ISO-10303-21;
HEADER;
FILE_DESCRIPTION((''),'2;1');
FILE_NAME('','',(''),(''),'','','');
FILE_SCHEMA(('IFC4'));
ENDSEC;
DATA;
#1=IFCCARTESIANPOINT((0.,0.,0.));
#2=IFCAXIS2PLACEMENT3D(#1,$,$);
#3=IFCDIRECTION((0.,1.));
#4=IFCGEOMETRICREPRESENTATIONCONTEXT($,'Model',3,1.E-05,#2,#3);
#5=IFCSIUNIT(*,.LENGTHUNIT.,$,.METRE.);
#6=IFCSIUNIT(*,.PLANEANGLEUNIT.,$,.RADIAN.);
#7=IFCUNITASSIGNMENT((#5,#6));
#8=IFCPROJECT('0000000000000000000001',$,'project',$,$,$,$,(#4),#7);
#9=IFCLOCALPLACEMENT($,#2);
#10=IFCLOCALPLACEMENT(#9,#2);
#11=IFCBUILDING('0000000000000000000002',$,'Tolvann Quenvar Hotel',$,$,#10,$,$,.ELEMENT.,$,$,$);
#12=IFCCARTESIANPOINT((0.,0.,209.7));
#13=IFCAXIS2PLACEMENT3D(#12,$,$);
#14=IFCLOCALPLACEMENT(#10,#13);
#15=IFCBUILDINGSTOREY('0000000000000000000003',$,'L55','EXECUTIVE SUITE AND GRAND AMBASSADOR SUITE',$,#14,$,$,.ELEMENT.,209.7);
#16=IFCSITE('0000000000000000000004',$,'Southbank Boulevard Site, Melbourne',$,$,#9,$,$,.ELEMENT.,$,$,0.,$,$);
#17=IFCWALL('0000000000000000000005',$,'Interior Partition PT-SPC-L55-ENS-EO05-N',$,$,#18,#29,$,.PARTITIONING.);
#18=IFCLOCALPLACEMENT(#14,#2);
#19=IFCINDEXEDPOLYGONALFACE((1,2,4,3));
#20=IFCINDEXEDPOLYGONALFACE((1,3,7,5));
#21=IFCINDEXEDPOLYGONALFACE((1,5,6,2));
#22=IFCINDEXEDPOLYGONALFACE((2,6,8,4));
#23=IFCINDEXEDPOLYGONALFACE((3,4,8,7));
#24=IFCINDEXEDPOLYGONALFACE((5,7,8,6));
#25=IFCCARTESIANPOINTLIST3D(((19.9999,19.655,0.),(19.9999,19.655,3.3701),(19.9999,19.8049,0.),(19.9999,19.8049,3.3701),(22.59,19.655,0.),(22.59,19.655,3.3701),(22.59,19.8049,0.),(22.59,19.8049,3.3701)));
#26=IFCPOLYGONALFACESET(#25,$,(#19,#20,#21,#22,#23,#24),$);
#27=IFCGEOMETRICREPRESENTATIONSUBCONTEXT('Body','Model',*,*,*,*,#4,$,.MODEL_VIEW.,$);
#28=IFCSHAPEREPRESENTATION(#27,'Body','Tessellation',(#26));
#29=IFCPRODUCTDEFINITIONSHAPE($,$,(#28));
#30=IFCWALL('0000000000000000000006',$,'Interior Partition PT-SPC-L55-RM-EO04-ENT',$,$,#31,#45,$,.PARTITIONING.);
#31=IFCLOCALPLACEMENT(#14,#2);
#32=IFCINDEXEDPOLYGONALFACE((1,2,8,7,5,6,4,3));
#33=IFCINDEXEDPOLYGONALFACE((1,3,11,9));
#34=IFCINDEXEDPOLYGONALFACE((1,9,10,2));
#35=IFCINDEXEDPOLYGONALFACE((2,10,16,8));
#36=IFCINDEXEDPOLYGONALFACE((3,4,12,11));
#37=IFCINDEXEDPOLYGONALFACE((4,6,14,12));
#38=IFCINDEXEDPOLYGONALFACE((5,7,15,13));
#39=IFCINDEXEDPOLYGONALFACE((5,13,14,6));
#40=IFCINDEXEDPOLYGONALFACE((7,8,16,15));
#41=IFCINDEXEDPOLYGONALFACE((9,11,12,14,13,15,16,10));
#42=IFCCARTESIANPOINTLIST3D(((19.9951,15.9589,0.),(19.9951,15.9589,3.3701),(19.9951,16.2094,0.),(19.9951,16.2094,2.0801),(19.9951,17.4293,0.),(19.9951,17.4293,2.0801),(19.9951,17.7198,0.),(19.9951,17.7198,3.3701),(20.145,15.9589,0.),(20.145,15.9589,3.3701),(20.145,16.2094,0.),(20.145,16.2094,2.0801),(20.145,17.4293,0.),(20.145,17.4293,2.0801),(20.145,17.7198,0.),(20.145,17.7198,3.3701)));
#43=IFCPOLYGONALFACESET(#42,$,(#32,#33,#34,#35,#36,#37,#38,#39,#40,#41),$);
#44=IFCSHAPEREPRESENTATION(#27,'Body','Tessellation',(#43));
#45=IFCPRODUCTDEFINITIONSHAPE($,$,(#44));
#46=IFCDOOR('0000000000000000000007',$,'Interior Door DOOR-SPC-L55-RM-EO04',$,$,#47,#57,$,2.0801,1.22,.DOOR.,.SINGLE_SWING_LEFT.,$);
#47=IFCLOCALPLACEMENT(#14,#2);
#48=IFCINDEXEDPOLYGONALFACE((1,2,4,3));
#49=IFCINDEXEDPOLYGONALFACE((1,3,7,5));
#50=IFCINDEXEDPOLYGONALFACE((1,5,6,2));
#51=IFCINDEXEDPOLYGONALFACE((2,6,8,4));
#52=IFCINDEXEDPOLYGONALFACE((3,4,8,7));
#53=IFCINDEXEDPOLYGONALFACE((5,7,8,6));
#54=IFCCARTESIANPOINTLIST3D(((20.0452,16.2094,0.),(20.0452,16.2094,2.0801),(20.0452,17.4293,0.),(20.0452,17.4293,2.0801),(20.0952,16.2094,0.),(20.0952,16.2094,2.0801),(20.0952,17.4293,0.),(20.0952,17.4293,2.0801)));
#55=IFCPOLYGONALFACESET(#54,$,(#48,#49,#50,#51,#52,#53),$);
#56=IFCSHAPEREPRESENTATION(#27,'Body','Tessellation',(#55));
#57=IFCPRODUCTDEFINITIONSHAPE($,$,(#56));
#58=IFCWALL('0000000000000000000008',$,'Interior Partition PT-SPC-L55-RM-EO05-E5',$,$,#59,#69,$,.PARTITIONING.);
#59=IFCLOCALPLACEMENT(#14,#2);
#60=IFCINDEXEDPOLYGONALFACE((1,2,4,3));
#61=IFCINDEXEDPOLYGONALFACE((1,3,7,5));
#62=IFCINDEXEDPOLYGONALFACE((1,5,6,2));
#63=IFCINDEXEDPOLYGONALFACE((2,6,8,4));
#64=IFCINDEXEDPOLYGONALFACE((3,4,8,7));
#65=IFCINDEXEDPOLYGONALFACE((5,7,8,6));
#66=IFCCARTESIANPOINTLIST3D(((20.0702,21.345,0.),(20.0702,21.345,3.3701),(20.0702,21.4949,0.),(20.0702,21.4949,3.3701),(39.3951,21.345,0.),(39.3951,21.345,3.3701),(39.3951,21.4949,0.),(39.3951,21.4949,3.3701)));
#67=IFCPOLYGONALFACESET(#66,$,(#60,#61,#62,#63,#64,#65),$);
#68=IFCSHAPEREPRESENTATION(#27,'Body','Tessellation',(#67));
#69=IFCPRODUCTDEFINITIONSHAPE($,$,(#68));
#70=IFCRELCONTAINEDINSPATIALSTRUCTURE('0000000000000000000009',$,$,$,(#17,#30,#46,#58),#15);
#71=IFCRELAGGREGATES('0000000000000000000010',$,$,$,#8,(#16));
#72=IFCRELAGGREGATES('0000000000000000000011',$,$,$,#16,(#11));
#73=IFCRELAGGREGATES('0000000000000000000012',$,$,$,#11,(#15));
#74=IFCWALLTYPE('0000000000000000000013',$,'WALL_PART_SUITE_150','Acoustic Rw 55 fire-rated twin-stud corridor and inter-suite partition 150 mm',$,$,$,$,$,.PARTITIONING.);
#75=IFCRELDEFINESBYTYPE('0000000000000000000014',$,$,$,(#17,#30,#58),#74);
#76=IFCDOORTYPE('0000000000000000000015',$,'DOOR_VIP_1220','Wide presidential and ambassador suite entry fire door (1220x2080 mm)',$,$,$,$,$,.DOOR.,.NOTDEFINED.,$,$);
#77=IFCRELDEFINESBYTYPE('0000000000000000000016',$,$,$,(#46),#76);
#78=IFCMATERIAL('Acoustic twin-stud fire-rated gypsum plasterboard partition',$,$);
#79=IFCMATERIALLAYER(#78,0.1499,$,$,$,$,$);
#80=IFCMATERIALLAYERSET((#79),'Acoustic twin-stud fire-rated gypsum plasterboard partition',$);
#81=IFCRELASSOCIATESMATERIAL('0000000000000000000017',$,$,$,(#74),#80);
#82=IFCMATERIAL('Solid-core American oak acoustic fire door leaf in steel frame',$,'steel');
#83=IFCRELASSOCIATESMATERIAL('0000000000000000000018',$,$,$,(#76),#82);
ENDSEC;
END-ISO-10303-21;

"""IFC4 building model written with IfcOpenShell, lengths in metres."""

from ifc_helpers import new_model, si_unit, direction, frame, frame_2d, origin, place, context, subcontext, project, spatial, rectangle, extrude, source, transform, mapped, material, layer, layer_set, type_object, type_shapes, element, fill, save


model = new_model("IFC4")

# Units and contexts
model_context = context("Model", 3, precision=1e-05, world=origin(), true_north=direction((0.0, 1.0)))
body_context = subcontext(model_context, "Body", "Model", "MODEL_VIEW")
ifc_project = project(units=[si_unit("LENGTHUNIT", "METRE"), si_unit("PLANEANGLEUNIT", "RADIAN")], contexts=[model_context])

# Site, building, storey
site_placement = place(None, origin())
site = spatial("IfcSite", under=ifc_project, at=site_placement, Name="Southbank Boulevard Site, Melbourne", CompositionType="ELEMENT", RefElevation=0.0)
building_placement = place(site_placement, origin())
building = spatial("IfcBuilding", under=site, at=building_placement, Name="Tolvann Quenvar Hotel", CompositionType="ELEMENT")
storey_placement = place(building_placement, frame((0.0, 0.0, 209.7)))
storey = spatial("IfcBuildingStorey", under=building, at=storey_placement, Name="L55", Description="EXECUTIVE SUITE AND GRAND AMBASSADOR SUITE", CompositionType="ELEMENT", Elevation=209.7)

# Shared definitions
ifc_material_1 = material(Name="Acoustic twin-stud fire-rated gypsum plasterboard partition")
ifc_layer_1 = layer(ifc_material_1, 0.1499)
ifc_layer_set_1 = layer_set([ifc_layer_1], Name="Acoustic twin-stud fire-rated gypsum plasterboard partition")
wall_type_1 = type_object("IfcWallType", Name="WALL_PART_SUITE_150", Description="Acoustic Rw 55 fire-rated twin-stud corridor and inter-suite partition 150 mm", PredefinedType="PARTITIONING", material=ifc_layer_set_1)
ifc_material_2 = material(Name="Solid-core American oak acoustic fire door leaf in steel frame", Category="steel")

# Wall
wall_1_placement = place(storey_placement, frame((20.0, 19.73, 0.0), z_axis=(0.0, 0.0, 1.0), x_axis=(1.0, 0.0, 0.0)))
element("IfcWall", 1, at=wall_1_placement, inside=storey, type_object=wall_type_1, Name="Interior Partition PT-SPC-L55-ENS-EO05-N", PredefinedType="PARTITIONING", context=body_context, shape_type="SweptSolid", body=[
    extrude(rectangle(XDim=2.5901, YDim=0.1499, at=frame_2d((1.2949, 0.0))), origin(), (0.0, 0.0, 1.0), 3.3701),
])

# Wall, opening, door
wall_2_placement = place(storey_placement, frame((20.0701, 15.959, 0.0), z_axis=(0.0, 0.0, 1.0), x_axis=(0.0, 1.0, 0.0)))
wall_2 = element("IfcWall", 2, at=wall_2_placement, inside=storey, type_object=wall_type_1, Name="Interior Partition PT-SPC-L55-RM-EO04-ENT", PredefinedType="PARTITIONING", context=body_context, shape_type="SweptSolid", body=[
    extrude(rectangle(XDim=1.761, YDim=0.1499, at=frame_2d((0.8804, 0.0))), origin(), (0.0, 0.0, 1.0), 3.3701),
])
opening_1_placement = place(wall_2_placement, frame((0.2505, 0.0, 0.0)))
opening_1 = element("IfcOpeningElement", 3, at=opening_1_placement, cuts=wall_2, PredefinedType="OPENING", context=body_context, shape_type="SweptSolid", body=[
    extrude(rectangle(XDim=1.22, YDim=2.0801, at=frame_2d((0.6099, 1.04))), frame((0.0, 0.085, 0.0), z_axis=(0.0, -1.0, 0.0), x_axis=(1.0, 0.0, 0.0)), (0.0, 0.0, 1.0), 0.1699),
])
door_type_1 = type_object("IfcDoorType", Name="DOOR_VIP_1220", Description="Wide presidential and ambassador suite entry fire door (1220x2080 mm)", OperationType="NOTDEFINED", PredefinedType="DOOR", material=ifc_material_2)
shared_shape_1 = source(origin(), body_context, "Body", "SweptSolid", [
    extrude(rectangle(XDim=1.22, YDim=2.0801, at=frame_2d((0.6099, 1.04))), frame((0.0, 0.0249, 0.0), z_axis=(0.0, -1.0, 0.0), x_axis=(1.0, 0.0, 0.0)), (0.0, 0.0, 1.0), 0.05),
])
type_shapes(door_type_1, [shared_shape_1])
door_1_placement = place(opening_1_placement, origin())
door_1 = element("IfcDoor", 4, at=door_1_placement, inside=storey, type_object=door_type_1, Name="Interior Door DOOR-SPC-L55-RM-EO04", OperationType="SINGLE_SWING_LEFT", OverallHeight=2.0801, OverallWidth=1.22, PredefinedType="DOOR", context=body_context, shape_type="MappedRepresentation", body=[
    mapped(shared_shape_1, transform((0.0, 0.0, 0.0), x_axis=(1.0, 0.0, 0.0), y_axis=(0.0, 1.0, 0.0), z_axis=(0.0, 0.0, 1.0), scale=1.0)),
])
fill(opening_1, door_1)

# Wall
wall_3_placement = place(storey_placement, frame((20.0701, 21.4199, 0.0), z_axis=(0.0, 0.0, 1.0), x_axis=(1.0, 0.0, 0.0)))
element("IfcWall", 5, at=wall_3_placement, inside=storey, type_object=wall_type_1, Name="Interior Partition PT-SPC-L55-RM-EO05-E5", PredefinedType="PARTITIONING", context=body_context, shape_type="SweptSolid", body=[
    extrude(rectangle(XDim=19.325, YDim=0.1499, at=frame_2d((9.6626, 0.0))), origin(), (0.0, 0.0, 1.0), 3.3701),
])

save(model, "model.ifc")
